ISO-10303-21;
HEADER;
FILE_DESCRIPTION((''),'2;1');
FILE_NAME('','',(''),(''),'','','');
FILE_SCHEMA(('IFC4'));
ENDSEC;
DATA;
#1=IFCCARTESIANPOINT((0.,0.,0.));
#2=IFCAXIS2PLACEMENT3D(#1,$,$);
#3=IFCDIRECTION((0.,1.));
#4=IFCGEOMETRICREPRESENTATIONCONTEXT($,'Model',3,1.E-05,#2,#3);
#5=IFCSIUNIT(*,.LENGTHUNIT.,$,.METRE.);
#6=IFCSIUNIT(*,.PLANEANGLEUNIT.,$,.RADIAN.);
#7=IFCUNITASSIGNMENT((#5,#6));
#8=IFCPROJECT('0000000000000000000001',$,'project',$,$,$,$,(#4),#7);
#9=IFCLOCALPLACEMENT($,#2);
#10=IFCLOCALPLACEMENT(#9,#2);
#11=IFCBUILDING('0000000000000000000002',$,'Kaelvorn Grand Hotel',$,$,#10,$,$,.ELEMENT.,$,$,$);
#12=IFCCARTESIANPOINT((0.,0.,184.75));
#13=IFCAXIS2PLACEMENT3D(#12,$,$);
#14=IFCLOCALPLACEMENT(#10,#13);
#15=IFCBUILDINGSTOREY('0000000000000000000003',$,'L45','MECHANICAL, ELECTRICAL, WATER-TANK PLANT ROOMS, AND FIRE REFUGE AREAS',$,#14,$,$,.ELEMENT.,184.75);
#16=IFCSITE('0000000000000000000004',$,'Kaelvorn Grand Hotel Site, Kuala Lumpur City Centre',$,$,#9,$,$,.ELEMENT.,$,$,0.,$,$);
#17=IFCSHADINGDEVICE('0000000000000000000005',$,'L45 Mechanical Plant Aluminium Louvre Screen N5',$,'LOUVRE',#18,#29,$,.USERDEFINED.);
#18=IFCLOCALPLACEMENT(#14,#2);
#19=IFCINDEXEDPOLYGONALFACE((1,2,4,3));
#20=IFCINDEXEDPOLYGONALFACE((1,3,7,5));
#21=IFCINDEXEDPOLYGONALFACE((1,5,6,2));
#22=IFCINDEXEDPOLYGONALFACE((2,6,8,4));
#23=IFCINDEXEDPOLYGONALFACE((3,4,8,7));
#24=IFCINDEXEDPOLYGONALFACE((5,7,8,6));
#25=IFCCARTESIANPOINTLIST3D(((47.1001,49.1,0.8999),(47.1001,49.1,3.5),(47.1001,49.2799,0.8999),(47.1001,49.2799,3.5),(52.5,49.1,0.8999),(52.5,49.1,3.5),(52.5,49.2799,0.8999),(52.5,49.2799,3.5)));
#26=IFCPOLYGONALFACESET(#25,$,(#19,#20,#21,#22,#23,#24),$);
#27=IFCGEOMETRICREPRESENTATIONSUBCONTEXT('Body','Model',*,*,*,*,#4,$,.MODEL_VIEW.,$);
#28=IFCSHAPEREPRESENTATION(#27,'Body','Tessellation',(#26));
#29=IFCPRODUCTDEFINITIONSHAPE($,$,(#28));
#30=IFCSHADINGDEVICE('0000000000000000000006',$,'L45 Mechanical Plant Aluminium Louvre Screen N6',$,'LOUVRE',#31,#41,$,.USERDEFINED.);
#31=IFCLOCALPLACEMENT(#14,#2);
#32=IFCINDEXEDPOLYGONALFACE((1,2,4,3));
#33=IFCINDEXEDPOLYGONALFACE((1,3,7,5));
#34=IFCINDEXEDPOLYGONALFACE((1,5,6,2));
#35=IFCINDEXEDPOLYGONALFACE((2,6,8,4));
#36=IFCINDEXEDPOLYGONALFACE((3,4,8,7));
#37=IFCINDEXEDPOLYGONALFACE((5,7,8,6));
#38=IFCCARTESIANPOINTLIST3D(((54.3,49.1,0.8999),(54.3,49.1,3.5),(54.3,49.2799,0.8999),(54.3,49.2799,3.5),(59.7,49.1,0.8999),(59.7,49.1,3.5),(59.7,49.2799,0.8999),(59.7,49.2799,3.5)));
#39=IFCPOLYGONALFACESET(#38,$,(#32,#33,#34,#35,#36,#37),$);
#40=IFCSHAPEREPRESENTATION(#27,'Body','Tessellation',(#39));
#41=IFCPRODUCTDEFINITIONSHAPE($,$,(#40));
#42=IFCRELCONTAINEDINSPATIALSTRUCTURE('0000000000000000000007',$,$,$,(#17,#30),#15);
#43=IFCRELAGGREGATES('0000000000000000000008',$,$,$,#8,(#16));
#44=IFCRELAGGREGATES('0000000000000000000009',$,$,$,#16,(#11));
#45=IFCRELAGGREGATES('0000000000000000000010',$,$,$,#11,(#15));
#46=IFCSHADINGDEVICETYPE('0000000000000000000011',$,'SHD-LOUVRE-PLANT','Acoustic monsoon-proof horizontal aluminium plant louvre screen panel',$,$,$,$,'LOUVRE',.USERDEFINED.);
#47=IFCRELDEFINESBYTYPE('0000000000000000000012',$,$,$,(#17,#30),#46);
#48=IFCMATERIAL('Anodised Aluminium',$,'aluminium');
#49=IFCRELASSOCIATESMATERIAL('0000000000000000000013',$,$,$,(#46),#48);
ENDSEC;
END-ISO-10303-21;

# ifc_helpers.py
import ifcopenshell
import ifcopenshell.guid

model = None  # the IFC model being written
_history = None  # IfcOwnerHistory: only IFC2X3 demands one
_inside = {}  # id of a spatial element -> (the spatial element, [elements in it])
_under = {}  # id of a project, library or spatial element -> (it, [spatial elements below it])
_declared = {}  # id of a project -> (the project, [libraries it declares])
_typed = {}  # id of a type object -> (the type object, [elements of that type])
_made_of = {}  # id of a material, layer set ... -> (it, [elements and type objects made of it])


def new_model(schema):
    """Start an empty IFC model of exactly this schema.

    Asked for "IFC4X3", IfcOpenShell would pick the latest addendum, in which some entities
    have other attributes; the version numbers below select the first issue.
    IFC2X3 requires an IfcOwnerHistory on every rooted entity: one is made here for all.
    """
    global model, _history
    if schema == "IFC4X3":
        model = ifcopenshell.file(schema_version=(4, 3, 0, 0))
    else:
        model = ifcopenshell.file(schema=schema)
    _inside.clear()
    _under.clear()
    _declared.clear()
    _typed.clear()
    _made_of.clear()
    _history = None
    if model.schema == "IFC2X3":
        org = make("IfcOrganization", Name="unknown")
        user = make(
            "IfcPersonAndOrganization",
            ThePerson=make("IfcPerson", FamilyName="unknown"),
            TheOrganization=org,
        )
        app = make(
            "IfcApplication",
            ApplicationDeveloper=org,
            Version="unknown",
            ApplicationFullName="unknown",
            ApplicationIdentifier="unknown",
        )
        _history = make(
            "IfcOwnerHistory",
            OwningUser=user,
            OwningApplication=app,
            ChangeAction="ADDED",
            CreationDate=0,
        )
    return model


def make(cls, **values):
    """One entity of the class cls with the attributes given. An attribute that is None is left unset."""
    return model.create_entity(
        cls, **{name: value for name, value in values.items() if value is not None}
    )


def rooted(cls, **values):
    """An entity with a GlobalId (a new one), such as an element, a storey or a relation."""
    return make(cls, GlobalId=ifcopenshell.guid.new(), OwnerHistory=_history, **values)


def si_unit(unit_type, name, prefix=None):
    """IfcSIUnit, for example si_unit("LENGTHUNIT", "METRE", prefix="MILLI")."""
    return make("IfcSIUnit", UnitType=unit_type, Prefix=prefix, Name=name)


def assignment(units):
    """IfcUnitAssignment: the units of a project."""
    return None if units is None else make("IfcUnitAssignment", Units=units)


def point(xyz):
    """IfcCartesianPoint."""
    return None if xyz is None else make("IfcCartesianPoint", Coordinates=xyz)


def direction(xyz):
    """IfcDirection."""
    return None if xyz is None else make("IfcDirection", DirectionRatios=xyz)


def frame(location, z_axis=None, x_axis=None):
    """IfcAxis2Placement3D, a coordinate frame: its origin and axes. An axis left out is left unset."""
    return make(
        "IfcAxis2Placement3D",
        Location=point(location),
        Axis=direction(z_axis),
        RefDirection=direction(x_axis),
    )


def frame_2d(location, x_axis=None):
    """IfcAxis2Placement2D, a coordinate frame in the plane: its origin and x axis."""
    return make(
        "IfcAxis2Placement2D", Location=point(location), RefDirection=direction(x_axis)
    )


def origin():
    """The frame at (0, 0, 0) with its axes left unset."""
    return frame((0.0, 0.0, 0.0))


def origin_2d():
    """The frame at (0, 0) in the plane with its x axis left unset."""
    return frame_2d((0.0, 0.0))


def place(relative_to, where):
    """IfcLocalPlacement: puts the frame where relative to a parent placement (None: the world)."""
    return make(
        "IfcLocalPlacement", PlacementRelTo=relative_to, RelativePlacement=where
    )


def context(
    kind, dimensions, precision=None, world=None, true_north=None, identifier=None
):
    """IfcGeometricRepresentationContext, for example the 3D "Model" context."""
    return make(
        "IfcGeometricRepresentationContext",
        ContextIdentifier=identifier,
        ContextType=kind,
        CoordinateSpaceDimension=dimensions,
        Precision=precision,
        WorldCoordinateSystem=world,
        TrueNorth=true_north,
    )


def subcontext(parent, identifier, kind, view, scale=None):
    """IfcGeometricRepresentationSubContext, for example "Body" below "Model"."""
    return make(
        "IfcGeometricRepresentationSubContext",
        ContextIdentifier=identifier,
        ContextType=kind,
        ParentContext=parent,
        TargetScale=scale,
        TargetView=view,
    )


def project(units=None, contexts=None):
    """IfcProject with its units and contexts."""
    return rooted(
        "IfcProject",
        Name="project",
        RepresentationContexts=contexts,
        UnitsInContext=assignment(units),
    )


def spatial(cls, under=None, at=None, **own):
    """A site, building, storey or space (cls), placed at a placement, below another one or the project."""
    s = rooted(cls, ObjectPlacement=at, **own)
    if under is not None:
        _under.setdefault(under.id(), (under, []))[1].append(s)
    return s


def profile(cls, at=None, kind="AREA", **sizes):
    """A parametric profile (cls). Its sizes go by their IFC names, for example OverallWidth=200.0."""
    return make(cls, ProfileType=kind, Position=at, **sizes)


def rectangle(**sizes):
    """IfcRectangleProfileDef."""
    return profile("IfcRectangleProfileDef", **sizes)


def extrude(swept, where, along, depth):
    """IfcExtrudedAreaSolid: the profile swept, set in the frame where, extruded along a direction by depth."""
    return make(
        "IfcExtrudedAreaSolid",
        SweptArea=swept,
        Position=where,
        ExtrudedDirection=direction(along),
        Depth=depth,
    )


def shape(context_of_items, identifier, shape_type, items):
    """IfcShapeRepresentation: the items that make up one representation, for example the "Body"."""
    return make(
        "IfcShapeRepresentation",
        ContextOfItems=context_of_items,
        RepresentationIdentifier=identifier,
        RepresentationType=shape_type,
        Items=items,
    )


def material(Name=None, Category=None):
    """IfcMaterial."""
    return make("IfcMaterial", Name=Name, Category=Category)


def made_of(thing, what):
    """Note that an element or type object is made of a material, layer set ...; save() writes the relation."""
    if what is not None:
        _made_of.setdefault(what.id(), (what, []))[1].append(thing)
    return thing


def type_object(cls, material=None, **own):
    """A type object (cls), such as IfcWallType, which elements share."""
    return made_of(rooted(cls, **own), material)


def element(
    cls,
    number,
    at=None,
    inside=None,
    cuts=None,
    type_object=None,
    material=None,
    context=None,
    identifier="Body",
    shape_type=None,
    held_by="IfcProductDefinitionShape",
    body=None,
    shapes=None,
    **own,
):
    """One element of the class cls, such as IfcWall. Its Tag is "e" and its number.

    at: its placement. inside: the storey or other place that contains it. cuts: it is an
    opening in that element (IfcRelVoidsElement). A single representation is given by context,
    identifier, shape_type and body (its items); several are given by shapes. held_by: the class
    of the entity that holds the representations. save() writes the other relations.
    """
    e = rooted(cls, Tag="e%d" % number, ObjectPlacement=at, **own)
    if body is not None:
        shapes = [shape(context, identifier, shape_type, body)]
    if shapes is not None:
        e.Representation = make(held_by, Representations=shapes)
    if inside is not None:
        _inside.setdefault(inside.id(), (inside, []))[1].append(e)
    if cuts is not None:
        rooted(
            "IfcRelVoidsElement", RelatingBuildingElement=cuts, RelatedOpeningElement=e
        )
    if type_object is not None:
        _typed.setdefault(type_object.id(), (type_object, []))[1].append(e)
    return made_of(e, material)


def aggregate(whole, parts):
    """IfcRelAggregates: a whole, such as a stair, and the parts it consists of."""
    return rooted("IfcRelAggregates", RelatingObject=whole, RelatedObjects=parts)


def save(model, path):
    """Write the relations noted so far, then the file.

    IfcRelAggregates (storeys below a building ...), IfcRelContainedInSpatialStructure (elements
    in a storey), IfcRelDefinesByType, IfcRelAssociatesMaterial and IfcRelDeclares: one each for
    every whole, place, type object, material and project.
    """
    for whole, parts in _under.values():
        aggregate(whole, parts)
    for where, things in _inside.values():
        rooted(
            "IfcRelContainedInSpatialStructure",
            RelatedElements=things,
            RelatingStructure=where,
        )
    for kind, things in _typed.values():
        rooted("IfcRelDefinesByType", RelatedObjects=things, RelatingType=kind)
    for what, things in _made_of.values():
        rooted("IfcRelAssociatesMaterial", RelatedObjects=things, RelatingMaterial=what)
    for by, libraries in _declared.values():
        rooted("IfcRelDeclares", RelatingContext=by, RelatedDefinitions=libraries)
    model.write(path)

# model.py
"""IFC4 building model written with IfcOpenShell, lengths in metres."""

from ifc_helpers import new_model, si_unit, direction, frame, origin, origin_2d, place, context, subcontext, project, spatial, rectangle, extrude, material, type_object, element, save


model = new_model("IFC4")

# Units and contexts
model_context = context("Model", 3, precision=1e-05, world=origin(), true_north=direction((0.0, 1.0)))
body_context = subcontext(model_context, "Body", "Model", "MODEL_VIEW")
ifc_project = project(units=[si_unit("LENGTHUNIT", "METRE"), si_unit("PLANEANGLEUNIT", "RADIAN")], contexts=[model_context])

# Site, building, storey
site_placement = place(None, origin())
site = spatial("IfcSite", under=ifc_project, at=site_placement, Name="Kaelvorn Grand Hotel Site, Kuala Lumpur City Centre", CompositionType="ELEMENT", RefElevation=0.0)
building_placement = place(site_placement, origin())
building = spatial("IfcBuilding", under=site, at=building_placement, Name="Kaelvorn Grand Hotel", CompositionType="ELEMENT")
storey_placement = place(building_placement, frame((0.0, 0.0, 184.75)))
storey = spatial("IfcBuildingStorey", under=building, at=storey_placement, Name="L45", Description="MECHANICAL, ELECTRICAL, WATER-TANK PLANT ROOMS, AND FIRE REFUGE AREAS", CompositionType="ELEMENT", Elevation=184.75)

# Shading devices
ifc_material_1 = material(Name="Anodised Aluminium", Category="aluminium")
shading_device_type = type_object("IfcShadingDeviceType", Name="SHD-LOUVRE-PLANT", Description="Acoustic monsoon-proof horizontal aluminium plant louvre screen panel", ElementType="LOUVRE", PredefinedType="USERDEFINED", material=ifc_material_1)
for number, where, z_axis, x_axis, name in (
    (1, (49.8, 49.1899, 0.8999), (0.0, 0.0, 1.0), (1.0, 0.0, 0.0), "L45 Mechanical Plant Aluminium Louvre Screen N5"),
    (2, (57.0, 49.1899, 0.8999), (0.0, 0.0, 1.0), (1.0, 0.0, 0.0), "L45 Mechanical Plant Aluminium Louvre Screen N6"),
):
    element("IfcShadingDevice", number, at=place(storey_placement, frame(where, z_axis=z_axis, x_axis=x_axis)), inside=storey, type_object=shading_device_type, Name=name, ObjectType="LOUVRE", PredefinedType="USERDEFINED", context=body_context, shape_type="SweptSolid", body=[
        extrude(rectangle(XDim=5.3999, YDim=0.1799, at=origin_2d()), origin(), (0.0, 0.0, 1.0), 2.6001),
    ])

save(model, "model.ifc")
